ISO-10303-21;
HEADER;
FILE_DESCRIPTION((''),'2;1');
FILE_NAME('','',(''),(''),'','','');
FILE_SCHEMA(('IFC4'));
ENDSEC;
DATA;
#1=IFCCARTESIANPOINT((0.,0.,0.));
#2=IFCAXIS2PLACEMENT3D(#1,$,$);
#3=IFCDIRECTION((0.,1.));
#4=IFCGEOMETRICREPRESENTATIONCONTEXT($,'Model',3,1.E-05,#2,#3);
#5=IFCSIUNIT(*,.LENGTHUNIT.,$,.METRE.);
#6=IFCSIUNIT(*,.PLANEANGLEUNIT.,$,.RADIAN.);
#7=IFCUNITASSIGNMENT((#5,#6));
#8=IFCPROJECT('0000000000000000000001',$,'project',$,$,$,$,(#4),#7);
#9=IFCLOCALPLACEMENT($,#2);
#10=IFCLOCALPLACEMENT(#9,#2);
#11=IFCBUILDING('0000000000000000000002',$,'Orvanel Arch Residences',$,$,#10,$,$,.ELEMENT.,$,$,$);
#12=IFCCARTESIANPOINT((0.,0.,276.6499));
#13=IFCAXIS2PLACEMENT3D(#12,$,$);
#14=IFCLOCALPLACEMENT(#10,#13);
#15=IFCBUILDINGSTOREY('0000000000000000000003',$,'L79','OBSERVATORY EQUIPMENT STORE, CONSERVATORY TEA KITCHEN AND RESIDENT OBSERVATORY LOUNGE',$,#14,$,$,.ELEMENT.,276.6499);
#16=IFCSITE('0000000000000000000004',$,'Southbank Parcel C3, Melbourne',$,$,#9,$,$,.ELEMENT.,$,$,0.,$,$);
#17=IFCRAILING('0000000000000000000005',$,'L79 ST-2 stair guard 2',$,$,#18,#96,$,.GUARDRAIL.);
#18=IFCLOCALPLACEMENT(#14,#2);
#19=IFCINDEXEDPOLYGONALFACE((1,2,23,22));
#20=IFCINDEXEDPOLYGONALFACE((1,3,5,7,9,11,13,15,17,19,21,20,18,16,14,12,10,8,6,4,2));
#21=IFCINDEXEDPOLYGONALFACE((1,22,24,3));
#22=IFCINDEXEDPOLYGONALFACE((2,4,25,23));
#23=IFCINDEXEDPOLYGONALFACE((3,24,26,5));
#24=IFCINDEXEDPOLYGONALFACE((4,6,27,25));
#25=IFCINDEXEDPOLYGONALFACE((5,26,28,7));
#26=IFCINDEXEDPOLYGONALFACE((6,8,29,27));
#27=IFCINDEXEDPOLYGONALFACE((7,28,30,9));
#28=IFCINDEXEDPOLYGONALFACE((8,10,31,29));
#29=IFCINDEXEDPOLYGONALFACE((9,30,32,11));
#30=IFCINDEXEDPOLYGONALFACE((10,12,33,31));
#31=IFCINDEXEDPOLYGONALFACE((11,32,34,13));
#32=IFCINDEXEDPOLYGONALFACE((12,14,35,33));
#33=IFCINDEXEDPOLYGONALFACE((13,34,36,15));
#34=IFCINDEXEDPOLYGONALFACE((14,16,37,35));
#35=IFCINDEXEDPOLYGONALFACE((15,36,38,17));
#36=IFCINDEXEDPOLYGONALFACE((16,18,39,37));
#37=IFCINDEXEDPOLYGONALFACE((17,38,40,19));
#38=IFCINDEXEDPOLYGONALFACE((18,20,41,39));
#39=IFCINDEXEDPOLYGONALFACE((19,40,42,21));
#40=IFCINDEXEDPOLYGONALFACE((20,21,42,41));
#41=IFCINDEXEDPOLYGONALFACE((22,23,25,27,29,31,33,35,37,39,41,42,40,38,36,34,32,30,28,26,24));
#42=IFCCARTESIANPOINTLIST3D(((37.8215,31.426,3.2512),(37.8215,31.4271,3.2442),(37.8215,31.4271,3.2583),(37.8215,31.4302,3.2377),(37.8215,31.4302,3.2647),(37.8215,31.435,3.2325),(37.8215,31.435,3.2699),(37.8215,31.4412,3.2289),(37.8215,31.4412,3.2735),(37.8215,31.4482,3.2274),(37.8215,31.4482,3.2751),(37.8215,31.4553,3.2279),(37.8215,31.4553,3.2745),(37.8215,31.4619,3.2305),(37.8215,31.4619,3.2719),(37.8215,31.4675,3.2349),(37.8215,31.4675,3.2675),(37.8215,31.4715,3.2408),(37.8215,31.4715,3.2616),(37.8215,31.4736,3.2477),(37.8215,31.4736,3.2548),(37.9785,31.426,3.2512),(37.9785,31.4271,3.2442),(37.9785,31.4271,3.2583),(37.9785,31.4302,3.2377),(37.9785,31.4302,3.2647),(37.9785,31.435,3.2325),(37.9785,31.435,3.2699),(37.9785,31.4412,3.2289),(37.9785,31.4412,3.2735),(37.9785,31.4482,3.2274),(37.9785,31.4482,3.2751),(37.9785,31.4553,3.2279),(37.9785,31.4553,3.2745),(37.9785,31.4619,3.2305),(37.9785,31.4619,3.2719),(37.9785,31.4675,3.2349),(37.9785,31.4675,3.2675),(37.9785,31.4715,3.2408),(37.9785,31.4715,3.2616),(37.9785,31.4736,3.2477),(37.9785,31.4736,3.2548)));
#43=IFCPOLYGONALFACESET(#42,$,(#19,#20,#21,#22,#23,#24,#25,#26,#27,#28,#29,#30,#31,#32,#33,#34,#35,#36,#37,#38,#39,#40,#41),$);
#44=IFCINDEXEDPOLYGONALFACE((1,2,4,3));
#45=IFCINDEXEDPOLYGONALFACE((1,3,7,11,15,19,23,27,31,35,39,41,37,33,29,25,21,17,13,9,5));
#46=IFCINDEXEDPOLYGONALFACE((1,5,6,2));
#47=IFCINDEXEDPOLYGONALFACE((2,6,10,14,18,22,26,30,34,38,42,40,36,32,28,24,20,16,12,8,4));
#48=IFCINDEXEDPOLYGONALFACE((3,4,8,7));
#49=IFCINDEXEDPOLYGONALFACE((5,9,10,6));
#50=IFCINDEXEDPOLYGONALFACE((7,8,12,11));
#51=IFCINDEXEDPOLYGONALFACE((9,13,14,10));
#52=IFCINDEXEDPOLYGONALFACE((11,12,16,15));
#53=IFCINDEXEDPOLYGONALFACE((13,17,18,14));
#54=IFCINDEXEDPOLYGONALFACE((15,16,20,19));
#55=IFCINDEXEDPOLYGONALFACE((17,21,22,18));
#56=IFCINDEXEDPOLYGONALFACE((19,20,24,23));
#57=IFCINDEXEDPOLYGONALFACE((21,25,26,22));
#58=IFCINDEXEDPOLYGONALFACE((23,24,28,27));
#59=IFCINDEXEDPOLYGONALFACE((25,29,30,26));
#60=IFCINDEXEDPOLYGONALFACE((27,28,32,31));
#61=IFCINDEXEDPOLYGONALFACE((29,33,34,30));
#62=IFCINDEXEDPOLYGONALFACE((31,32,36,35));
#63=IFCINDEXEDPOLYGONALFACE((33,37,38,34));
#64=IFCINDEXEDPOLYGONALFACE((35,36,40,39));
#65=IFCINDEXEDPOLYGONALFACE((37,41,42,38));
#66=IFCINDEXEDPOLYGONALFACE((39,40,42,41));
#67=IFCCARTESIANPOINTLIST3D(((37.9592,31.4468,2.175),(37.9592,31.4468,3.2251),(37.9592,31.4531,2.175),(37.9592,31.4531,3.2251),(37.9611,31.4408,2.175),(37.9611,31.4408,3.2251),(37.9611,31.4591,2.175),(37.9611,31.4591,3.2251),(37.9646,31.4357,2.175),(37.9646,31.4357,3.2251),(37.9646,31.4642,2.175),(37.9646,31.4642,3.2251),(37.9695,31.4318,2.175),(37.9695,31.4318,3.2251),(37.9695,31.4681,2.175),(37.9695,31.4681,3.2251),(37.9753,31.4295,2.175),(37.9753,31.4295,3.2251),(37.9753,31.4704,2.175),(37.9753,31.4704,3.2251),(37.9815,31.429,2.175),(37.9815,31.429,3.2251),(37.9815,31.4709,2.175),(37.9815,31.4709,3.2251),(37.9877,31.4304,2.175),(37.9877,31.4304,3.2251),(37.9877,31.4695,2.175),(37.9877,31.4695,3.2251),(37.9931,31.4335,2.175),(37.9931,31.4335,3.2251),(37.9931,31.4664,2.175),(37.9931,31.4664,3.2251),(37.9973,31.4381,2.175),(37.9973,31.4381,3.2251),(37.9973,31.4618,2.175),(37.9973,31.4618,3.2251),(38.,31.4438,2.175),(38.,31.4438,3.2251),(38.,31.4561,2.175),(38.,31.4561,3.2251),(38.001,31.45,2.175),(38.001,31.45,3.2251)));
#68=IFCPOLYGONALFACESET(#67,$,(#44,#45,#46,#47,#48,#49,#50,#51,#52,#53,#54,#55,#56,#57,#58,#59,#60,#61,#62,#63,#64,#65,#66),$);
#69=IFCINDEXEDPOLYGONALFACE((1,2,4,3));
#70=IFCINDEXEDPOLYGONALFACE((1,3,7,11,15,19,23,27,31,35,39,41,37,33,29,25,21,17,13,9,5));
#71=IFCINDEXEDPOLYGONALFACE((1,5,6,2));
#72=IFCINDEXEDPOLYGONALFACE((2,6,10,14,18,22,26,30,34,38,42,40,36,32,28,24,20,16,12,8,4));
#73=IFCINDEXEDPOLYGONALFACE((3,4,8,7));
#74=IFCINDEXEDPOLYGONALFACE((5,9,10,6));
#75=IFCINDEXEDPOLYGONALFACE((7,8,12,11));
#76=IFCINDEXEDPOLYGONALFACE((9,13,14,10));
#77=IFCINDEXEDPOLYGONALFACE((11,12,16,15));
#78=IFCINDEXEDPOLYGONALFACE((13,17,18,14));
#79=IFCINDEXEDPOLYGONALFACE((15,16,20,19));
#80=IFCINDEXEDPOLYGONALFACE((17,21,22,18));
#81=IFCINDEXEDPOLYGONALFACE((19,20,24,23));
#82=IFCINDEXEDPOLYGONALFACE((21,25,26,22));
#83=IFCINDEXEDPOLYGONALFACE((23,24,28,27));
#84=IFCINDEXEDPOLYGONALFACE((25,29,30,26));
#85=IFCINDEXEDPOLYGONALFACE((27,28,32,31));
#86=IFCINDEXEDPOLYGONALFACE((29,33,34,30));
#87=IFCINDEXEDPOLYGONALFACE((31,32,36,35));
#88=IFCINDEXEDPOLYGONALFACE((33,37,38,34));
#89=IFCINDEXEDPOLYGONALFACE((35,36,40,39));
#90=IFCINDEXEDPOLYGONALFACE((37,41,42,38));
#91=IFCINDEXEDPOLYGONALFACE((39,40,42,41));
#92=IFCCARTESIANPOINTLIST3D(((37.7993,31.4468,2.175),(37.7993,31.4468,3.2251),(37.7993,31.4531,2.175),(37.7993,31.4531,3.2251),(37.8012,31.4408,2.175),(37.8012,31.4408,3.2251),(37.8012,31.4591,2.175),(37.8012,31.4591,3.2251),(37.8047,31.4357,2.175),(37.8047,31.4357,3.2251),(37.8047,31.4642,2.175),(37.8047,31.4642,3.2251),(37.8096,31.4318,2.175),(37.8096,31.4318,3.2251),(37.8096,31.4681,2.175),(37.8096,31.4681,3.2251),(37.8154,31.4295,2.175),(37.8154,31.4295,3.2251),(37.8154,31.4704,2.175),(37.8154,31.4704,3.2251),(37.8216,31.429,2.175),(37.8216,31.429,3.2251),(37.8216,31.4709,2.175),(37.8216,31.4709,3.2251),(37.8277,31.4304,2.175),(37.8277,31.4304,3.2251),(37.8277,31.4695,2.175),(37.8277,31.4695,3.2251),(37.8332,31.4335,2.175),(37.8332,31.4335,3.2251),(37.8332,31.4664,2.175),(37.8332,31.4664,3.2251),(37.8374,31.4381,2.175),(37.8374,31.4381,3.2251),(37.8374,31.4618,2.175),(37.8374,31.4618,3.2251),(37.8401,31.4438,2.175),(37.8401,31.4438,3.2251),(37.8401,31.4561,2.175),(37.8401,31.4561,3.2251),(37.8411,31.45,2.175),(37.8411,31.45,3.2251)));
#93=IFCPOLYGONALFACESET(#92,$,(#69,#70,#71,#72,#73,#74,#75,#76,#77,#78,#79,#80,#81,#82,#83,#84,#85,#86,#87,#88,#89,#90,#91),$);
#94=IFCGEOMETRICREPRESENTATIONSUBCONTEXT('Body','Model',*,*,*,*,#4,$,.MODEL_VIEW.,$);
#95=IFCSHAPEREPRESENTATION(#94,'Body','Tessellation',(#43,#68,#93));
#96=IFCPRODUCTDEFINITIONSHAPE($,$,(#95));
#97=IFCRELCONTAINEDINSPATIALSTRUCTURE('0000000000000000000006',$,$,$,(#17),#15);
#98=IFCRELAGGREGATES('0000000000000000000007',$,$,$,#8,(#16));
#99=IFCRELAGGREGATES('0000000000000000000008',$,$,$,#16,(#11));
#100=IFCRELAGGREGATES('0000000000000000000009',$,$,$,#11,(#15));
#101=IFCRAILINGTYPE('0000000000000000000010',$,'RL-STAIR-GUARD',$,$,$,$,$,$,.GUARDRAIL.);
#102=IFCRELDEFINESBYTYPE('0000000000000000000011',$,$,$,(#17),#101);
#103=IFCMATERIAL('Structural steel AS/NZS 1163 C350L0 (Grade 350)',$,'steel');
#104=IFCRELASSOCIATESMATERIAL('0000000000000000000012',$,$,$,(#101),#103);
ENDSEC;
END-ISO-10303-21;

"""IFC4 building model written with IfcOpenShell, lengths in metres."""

from ifc_helpers import new_model, si_unit, direction, frame, origin, origin_2d, place, context, subcontext, project, spatial, circle, extrude, material, type_object, element, save


model = new_model("IFC4")

# Units and contexts
model_context = context("Model", 3, precision=1e-05, world=origin(), true_north=direction((0.0, 1.0)))
body_context = subcontext(model_context, "Body", "Model", "MODEL_VIEW")
ifc_project = project(units=[si_unit("LENGTHUNIT", "METRE"), si_unit("PLANEANGLEUNIT", "RADIAN")], contexts=[model_context])

# Site, building, storey
site_placement = place(None, origin())
site = spatial("IfcSite", under=ifc_project, at=site_placement, Name="Southbank Parcel C3, Melbourne", CompositionType="ELEMENT", RefElevation=0.0)
building_placement = place(site_placement, origin())
building = spatial("IfcBuilding", under=site, at=building_placement, Name="Orvanel Arch Residences", CompositionType="ELEMENT")
storey_placement = place(building_placement, frame((0.0, 0.0, 276.6499)))
storey = spatial("IfcBuildingStorey", under=building, at=storey_placement, Name="L79", Description="OBSERVATORY EQUIPMENT STORE, CONSERVATORY TEA KITCHEN AND RESIDENT OBSERVATORY LOUNGE", CompositionType="ELEMENT", Elevation=276.6499)

# Shared definitions
ifc_material_1 = material(Name="Structural steel AS/NZS 1163 C350L0 (Grade 350)", Category="steel")

# Railing
railing_type_1 = type_object("IfcRailingType", Name="RL-STAIR-GUARD", PredefinedType="GUARDRAIL", material=ifc_material_1)
railing_1_placement = place(storey_placement, frame((37.98, 31.45, 2.175)))
element("IfcRailing", 1, at=railing_1_placement, inside=storey, type_object=railing_type_1, Name="L79 ST-2 stair guard 2", PredefinedType="GUARDRAIL", context=body_context, shape_type="SweptSolid", body=[
    extrude(circle(Radius=0.0239, at=origin_2d()), frame((-0.0015, 0.0, 1.0762), z_axis=(-1.0, 0.0, 0.0), x_axis=(0.0, -1.0, 0.0)), (0.0, 0.0, 1.0), 0.157),
    extrude(circle(Radius=0.021, at=origin_2d()), origin(), (0.0, 0.0, 1.0), 1.05),
    extrude(circle(Radius=0.021, at=origin_2d()), frame((-0.1599, 0.0, 0.0)), (0.0, 0.0, 1.0), 1.05),
])

save(model, "model.ifc")
